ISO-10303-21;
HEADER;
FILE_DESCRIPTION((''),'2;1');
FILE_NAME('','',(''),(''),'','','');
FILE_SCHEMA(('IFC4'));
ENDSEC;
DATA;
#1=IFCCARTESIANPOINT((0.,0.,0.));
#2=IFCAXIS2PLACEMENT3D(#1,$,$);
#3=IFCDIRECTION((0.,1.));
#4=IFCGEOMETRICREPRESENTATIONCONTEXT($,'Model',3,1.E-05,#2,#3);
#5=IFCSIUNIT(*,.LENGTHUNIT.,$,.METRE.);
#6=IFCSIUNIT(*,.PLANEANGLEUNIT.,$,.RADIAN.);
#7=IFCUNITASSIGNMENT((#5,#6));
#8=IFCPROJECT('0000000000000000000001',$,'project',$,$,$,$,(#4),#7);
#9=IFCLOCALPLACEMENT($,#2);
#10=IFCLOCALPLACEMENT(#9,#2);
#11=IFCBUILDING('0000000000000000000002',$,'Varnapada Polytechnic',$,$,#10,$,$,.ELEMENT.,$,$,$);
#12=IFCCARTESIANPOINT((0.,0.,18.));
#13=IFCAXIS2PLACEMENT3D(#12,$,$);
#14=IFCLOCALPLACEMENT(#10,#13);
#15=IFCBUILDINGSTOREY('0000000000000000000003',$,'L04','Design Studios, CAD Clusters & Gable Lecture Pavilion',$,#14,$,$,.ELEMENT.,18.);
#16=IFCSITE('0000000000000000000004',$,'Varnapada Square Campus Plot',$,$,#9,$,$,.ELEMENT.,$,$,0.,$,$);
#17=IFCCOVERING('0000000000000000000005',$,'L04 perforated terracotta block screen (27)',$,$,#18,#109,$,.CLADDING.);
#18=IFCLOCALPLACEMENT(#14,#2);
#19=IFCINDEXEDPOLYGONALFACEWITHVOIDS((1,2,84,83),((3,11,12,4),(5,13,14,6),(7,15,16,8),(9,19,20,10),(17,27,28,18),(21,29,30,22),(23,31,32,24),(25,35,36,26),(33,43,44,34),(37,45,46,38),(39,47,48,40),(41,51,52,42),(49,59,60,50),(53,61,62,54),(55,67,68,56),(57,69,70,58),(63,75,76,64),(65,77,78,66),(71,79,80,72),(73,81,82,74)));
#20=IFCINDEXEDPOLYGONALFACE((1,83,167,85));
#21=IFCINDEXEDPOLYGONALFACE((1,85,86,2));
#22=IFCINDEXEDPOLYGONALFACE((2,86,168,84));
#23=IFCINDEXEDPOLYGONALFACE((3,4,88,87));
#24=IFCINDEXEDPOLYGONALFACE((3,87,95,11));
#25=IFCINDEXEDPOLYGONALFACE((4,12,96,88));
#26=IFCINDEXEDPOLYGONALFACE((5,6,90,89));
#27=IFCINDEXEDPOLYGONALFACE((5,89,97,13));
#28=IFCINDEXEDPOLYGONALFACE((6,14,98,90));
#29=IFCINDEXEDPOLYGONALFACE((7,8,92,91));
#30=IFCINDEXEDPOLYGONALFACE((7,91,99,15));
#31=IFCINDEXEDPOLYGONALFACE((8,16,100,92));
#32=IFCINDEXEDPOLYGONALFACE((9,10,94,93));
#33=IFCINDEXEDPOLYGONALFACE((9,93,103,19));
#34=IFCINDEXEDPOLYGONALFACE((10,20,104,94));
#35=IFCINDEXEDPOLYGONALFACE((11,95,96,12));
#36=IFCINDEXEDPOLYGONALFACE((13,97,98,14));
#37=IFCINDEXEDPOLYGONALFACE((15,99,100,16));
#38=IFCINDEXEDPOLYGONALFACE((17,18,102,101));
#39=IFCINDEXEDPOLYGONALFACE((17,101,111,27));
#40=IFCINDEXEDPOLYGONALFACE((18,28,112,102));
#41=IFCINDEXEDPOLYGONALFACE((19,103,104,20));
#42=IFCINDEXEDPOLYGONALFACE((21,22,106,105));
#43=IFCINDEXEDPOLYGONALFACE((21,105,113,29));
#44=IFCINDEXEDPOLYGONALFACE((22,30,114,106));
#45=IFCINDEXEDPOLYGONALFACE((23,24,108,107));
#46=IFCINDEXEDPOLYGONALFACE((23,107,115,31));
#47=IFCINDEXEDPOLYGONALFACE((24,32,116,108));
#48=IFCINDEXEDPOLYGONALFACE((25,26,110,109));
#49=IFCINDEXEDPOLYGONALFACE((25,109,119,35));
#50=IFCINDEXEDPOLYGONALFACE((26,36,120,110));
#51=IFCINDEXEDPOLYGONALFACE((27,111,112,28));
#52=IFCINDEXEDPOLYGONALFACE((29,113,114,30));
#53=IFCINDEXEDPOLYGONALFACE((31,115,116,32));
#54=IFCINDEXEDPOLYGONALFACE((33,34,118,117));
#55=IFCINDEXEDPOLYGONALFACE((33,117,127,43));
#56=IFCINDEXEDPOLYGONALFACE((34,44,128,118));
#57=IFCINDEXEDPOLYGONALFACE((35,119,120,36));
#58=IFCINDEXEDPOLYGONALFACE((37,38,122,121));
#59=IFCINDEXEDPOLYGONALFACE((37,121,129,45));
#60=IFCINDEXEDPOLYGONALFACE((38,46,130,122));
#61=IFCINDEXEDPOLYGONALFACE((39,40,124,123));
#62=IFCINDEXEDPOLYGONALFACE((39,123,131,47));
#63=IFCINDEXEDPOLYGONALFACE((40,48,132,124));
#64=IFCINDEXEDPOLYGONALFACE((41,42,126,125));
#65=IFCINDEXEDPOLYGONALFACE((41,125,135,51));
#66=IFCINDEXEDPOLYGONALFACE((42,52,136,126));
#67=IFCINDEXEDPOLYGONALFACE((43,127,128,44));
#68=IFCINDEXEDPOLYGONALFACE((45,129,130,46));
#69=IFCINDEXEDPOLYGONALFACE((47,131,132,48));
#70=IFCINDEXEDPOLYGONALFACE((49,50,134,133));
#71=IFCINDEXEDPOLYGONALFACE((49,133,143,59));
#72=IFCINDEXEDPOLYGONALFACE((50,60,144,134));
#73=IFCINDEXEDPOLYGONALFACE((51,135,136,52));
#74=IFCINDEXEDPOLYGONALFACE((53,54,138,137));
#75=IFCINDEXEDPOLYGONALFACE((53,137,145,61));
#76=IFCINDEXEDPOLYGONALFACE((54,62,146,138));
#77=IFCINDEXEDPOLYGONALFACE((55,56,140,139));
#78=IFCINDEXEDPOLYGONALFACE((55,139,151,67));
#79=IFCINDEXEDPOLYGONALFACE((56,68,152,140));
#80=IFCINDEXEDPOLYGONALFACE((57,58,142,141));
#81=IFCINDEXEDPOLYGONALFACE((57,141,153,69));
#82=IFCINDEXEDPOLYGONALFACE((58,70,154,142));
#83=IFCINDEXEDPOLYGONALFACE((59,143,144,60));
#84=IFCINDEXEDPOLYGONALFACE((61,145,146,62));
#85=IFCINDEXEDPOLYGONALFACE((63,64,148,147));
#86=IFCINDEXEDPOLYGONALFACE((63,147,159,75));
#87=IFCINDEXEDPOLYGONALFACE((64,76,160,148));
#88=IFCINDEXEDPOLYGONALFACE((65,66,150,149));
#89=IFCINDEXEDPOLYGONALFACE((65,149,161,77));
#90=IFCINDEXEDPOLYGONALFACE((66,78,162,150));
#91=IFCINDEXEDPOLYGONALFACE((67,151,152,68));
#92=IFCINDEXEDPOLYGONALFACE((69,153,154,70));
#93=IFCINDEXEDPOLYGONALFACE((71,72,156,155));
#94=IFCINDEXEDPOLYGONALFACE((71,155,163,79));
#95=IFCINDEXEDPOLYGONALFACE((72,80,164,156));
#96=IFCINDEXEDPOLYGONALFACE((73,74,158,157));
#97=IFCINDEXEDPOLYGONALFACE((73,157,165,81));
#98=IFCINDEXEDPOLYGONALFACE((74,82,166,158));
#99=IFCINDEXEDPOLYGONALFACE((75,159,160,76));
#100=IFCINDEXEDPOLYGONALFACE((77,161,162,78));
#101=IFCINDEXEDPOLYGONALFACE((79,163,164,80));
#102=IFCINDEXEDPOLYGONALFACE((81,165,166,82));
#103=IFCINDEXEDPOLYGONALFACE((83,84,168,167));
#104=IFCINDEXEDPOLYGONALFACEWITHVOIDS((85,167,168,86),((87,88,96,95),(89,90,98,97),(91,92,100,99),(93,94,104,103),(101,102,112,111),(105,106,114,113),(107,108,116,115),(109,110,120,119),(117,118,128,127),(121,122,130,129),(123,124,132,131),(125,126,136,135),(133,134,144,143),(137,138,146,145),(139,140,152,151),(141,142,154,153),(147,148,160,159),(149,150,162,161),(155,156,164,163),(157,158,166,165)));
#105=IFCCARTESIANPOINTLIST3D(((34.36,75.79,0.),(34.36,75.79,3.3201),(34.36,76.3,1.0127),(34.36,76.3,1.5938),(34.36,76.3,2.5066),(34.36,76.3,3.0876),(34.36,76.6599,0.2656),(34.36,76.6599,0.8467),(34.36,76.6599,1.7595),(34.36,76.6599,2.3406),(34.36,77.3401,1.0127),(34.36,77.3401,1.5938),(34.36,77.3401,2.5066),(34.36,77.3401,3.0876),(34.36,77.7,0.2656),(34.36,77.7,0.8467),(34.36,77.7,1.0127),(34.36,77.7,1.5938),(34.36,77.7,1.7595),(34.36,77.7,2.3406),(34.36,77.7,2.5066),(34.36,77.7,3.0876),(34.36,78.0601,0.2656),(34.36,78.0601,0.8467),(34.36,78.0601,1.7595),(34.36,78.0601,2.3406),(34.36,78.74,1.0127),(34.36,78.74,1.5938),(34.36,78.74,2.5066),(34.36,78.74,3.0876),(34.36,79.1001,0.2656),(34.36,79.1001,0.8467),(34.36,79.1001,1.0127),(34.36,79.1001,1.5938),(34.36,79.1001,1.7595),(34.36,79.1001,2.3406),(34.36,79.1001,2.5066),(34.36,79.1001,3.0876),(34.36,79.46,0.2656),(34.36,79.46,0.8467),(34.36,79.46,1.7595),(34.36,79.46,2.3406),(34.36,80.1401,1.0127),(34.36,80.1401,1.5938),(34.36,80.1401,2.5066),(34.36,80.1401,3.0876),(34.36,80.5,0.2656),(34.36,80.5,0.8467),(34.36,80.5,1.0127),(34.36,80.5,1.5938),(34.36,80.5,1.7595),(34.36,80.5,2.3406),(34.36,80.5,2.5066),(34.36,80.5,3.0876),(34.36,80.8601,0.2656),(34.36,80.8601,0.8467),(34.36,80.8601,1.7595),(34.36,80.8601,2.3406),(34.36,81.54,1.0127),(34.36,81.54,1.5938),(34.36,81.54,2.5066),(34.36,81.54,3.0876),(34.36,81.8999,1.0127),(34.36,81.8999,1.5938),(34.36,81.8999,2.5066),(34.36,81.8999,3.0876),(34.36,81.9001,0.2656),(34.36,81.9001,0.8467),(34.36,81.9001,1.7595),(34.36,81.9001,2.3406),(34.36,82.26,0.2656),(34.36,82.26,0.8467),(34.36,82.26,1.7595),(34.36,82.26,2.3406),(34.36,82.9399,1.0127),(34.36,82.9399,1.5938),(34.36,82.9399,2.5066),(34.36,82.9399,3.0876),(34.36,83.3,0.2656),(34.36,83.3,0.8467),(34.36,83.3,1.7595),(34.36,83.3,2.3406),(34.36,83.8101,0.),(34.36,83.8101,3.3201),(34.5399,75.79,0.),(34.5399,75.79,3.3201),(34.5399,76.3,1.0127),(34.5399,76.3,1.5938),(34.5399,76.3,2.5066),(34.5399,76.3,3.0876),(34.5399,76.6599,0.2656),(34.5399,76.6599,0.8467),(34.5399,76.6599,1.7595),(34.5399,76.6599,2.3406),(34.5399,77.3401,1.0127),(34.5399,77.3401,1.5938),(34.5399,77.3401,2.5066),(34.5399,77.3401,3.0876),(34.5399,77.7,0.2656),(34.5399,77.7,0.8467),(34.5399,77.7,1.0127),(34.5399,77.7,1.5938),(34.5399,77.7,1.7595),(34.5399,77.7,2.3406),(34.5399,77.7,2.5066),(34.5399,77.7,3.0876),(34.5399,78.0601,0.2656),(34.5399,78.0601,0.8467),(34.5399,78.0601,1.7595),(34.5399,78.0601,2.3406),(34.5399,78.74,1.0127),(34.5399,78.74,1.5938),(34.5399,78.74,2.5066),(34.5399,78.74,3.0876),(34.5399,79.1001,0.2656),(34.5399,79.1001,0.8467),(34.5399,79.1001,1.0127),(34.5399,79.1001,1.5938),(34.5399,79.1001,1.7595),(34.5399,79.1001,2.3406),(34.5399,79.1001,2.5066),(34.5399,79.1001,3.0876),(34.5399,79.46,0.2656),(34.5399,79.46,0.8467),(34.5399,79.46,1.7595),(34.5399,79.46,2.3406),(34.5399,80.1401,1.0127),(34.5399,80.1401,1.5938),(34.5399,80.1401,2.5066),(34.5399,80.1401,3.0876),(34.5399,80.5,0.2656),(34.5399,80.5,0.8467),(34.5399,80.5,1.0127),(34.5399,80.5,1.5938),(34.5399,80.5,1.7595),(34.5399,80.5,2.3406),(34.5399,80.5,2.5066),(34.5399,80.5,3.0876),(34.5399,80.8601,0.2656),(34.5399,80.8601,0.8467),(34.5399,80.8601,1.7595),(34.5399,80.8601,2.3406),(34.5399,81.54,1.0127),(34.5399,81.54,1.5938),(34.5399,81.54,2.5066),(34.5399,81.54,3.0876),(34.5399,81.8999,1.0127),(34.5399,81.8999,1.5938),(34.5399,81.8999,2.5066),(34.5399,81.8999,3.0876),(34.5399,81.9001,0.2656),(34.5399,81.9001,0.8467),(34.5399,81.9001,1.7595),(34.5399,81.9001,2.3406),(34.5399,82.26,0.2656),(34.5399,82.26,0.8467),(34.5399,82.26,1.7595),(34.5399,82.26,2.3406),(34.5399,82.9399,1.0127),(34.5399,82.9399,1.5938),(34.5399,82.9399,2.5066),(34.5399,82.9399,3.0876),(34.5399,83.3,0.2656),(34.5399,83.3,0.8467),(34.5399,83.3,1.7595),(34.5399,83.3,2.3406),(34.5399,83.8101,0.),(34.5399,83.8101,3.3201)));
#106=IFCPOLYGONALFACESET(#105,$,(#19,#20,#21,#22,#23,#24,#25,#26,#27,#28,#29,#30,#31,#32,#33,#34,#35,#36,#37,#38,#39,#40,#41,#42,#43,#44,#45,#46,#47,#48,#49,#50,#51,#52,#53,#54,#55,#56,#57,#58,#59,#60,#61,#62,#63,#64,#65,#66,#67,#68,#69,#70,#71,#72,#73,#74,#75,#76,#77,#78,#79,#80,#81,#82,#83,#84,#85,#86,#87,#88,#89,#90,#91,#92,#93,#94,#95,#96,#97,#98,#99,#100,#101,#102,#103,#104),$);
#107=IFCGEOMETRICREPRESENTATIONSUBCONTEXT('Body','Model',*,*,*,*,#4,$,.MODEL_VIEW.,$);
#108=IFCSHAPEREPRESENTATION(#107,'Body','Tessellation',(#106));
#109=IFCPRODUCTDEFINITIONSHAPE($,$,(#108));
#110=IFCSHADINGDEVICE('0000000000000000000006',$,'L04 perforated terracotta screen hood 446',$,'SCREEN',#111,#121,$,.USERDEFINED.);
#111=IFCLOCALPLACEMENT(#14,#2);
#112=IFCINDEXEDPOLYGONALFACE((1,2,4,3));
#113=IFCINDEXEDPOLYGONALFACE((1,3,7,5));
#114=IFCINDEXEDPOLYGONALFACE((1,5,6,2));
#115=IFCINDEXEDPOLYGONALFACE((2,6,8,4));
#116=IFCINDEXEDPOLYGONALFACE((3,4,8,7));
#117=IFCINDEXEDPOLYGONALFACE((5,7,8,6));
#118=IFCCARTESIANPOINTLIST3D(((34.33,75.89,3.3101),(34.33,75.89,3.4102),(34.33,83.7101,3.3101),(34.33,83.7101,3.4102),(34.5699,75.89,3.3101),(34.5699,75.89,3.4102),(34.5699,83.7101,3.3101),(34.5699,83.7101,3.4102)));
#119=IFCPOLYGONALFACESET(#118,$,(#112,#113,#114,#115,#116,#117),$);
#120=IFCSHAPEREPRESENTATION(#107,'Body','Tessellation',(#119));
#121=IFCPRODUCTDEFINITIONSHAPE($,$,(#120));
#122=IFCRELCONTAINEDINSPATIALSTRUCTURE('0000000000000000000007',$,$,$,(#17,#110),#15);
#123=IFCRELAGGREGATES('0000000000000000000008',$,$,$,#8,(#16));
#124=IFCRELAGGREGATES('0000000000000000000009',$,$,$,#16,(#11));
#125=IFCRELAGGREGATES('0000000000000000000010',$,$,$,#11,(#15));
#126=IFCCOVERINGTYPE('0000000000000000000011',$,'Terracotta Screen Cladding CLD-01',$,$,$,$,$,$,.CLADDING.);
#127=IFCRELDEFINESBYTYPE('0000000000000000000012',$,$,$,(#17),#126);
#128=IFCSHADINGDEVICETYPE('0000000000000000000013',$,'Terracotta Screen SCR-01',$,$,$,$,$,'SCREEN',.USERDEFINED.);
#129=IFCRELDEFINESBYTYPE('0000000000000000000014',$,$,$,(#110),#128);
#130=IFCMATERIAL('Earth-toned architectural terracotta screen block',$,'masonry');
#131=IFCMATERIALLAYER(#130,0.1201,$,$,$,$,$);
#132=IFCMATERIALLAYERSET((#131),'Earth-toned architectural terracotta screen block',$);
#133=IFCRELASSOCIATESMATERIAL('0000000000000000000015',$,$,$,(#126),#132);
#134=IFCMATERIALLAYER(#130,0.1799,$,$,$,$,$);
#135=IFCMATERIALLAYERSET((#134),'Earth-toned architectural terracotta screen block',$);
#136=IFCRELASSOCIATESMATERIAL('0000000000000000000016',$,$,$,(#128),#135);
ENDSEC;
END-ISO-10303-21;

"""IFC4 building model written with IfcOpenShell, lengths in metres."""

from ifc_helpers import new_model, si_unit, direction, frame, frame_2d, origin, origin_2d, place, context, subcontext, project, spatial, rectangle, extrude, material, layer, layer_set, type_object, element, save


model = new_model("IFC4")

# Units and contexts
model_context = context("Model", 3, precision=1e-05, world=origin(), true_north=direction((0.0, 1.0)))
body_context = subcontext(model_context, "Body", "Model", "MODEL_VIEW")
ifc_project = project(units=[si_unit("LENGTHUNIT", "METRE"), si_unit("PLANEANGLEUNIT", "RADIAN")], contexts=[model_context])

# Site, building, storey
site_placement = place(None, origin())
site = spatial("IfcSite", under=ifc_project, at=site_placement, Name="Varnapada Square Campus Plot", CompositionType="ELEMENT", RefElevation=0.0)
building_placement = place(site_placement, origin())
building = spatial("IfcBuilding", under=site, at=building_placement, Name="Varnapada Polytechnic", CompositionType="ELEMENT")
storey_placement = place(building_placement, frame((0.0, 0.0, 18.0)))
storey = spatial("IfcBuildingStorey", under=building, at=storey_placement, Name="L04", Description="Design Studios, CAD Clusters & Gable Lecture Pavilion", CompositionType="ELEMENT", Elevation=18.0)

# Covering, openings
ifc_material_1 = material(Name="Earth-toned architectural terracotta screen block", Category="masonry")
ifc_layer_1 = layer(ifc_material_1, 0.1201)
ifc_layer_set_1 = layer_set([ifc_layer_1], Name="Earth-toned architectural terracotta screen block")
covering_type = type_object("IfcCoveringType", Name="Terracotta Screen Cladding CLD-01", PredefinedType="CLADDING", material=ifc_layer_set_1)
covering_placement = place(storey_placement, frame((34.45, 83.8101, 0.0), z_axis=(0.0, 0.0, 1.0), x_axis=(0.0, -1.0, 0.0)))
covering = element("IfcCovering", 1, at=covering_placement, inside=storey, type_object=covering_type, Name="L04 perforated terracotta block screen (27)", PredefinedType="CLADDING", context=body_context, shape_type="SweptSolid", body=[
    extrude(rectangle(XDim=8.02, YDim=0.1799, at=frame_2d((4.01, 0.0))), origin(), (0.0, 0.0, 1.0), 3.3201),
])
opening_1_placement = place(covering_placement, frame((0.51, 0.0, 0.2656)))
element("IfcOpeningElement", 2, at=opening_1_placement, cuts=covering, PredefinedType="OPENING", context=body_context, shape_type="SweptSolid", body=[
    extrude(rectangle(XDim=1.04, YDim=0.5811, at=frame_2d((0.52, 0.2905))), frame((0.0, 0.0999, 0.0), z_axis=(0.0, -1.0, 0.0), x_axis=(1.0, 0.0, 0.0)), (0.0, 0.0, 1.0), 0.2),
])
opening_2_placement = place(covering_placement, frame((1.9099, 0.0, 0.2656)))
element("IfcOpeningElement", 3, at=opening_2_placement, cuts=covering, PredefinedType="OPENING", context=body_context, shape_type="SweptSolid", body=[
    extrude(rectangle(XDim=1.04, YDim=0.5811, at=frame_2d((0.52, 0.2905))), frame((0.0, 0.0999, 0.0), z_axis=(0.0, -1.0, 0.0), x_axis=(1.0, 0.0, 0.0)), (0.0, 0.0, 1.0), 0.2),
])
opening_3_placement = place(covering_placement, frame((3.3101, 0.0, 0.2656)))
element("IfcOpeningElement", 4, at=opening_3_placement, cuts=covering, PredefinedType="OPENING", context=body_context, shape_type="SweptSolid", body=[
    extrude(rectangle(XDim=1.04, YDim=0.5811, at=frame_2d((0.52, 0.2905))), frame((0.0, 0.0999, 0.0), z_axis=(0.0, -1.0, 0.0), x_axis=(1.0, 0.0, 0.0)), (0.0, 0.0, 1.0), 0.2),
])
opening_4_placement = place(covering_placement, frame((4.71, 0.0, 0.2656)))
element("IfcOpeningElement", 5, at=opening_4_placement, cuts=covering, PredefinedType="OPENING", context=body_context, shape_type="SweptSolid", body=[
    extrude(rectangle(XDim=1.04, YDim=0.5811, at=frame_2d((0.52, 0.2905))), frame((0.0, 0.0999, 0.0), z_axis=(0.0, -1.0, 0.0), x_axis=(1.0, 0.0, 0.0)), (0.0, 0.0, 1.0), 0.2),
])
opening_5_placement = place(covering_placement, frame((6.1101, 0.0, 0.2656)))
element("IfcOpeningElement", 6, at=opening_5_placement, cuts=covering, PredefinedType="OPENING", context=body_context, shape_type="SweptSolid", body=[
    extrude(rectangle(XDim=1.04, YDim=0.5811, at=frame_2d((0.52, 0.2905))), frame((0.0, 0.0999, 0.0), z_axis=(0.0, -1.0, 0.0), x_axis=(1.0, 0.0, 0.0)), (0.0, 0.0, 1.0), 0.2),
])
opening_6_placement = place(covering_placement, frame((0.8701, 0.0, 1.0127)))
element("IfcOpeningElement", 7, at=opening_6_placement, cuts=covering, PredefinedType="OPENING", context=body_context, shape_type="SweptSolid", body=[
    extrude(rectangle(XDim=1.04, YDim=0.5811, at=frame_2d((0.52, 0.2905))), frame((0.0, 0.0999, 0.0), z_axis=(0.0, -1.0, 0.0), x_axis=(1.0, 0.0, 0.0)), (0.0, 0.0, 1.0), 0.2),
])
opening_7_placement = place(covering_placement, frame((2.27, 0.0, 1.0127)))
element("IfcOpeningElement", 8, at=opening_7_placement, cuts=covering, PredefinedType="OPENING", context=body_context, shape_type="SweptSolid", body=[
    extrude(rectangle(XDim=1.04, YDim=0.5811, at=frame_2d((0.52, 0.2905))), frame((0.0, 0.0999, 0.0), z_axis=(0.0, -1.0, 0.0), x_axis=(1.0, 0.0, 0.0)), (0.0, 0.0, 1.0), 0.2),
])
opening_8_placement = place(covering_placement, frame((3.6699, 0.0, 1.0127)))
element("IfcOpeningElement", 9, at=opening_8_placement, cuts=covering, PredefinedType="OPENING", context=body_context, shape_type="SweptSolid", body=[
    extrude(rectangle(XDim=1.04, YDim=0.5811, at=frame_2d((0.52, 0.2905))), frame((0.0, 0.0999, 0.0), z_axis=(0.0, -1.0, 0.0), x_axis=(1.0, 0.0, 0.0)), (0.0, 0.0, 1.0), 0.2),
])
opening_9_placement = place(covering_placement, frame((5.0701, 0.0, 1.0127)))
element("IfcOpeningElement", 10, at=opening_9_placement, cuts=covering, PredefinedType="OPENING", context=body_context, shape_type="SweptSolid", body=[
    extrude(rectangle(XDim=1.04, YDim=0.5811, at=frame_2d((0.52, 0.2905))), frame((0.0, 0.0999, 0.0), z_axis=(0.0, -1.0, 0.0), x_axis=(1.0, 0.0, 0.0)), (0.0, 0.0, 1.0), 0.2),
])
opening_10_placement = place(covering_placement, frame((6.47, 0.0, 1.0127)))
element("IfcOpeningElement", 11, at=opening_10_placement, cuts=covering, PredefinedType="OPENING", context=body_context, shape_type="SweptSolid", body=[
    extrude(rectangle(XDim=1.04, YDim=0.5811, at=frame_2d((0.52, 0.2905))), frame((0.0, 0.0999, 0.0), z_axis=(0.0, -1.0, 0.0), x_axis=(1.0, 0.0, 0.0)), (0.0, 0.0, 1.0), 0.2),
])
opening_11_placement = place(covering_placement, frame((0.51, 0.0, 1.7595)))
element("IfcOpeningElement", 12, at=opening_11_placement, cuts=covering, PredefinedType="OPENING", context=body_context, shape_type="SweptSolid", body=[
    extrude(rectangle(XDim=1.04, YDim=0.5811, at=frame_2d((0.52, 0.2905))), frame((0.0, 0.0999, 0.0), z_axis=(0.0, -1.0, 0.0), x_axis=(1.0, 0.0, 0.0)), (0.0, 0.0, 1.0), 0.2),
])
opening_12_placement = place(covering_placement, frame((1.9099, 0.0, 1.7595)))
element("IfcOpeningElement", 13, at=opening_12_placement, cuts=covering, PredefinedType="OPENING", context=body_context, shape_type="SweptSolid", body=[
    extrude(rectangle(XDim=1.04, YDim=0.5811, at=frame_2d((0.52, 0.2905))), frame((0.0, 0.0999, 0.0), z_axis=(0.0, -1.0, 0.0), x_axis=(1.0, 0.0, 0.0)), (0.0, 0.0, 1.0), 0.2),
])
opening_13_placement = place(covering_placement, frame((3.3101, 0.0, 1.7595)))
element("IfcOpeningElement", 14, at=opening_13_placement, cuts=covering, PredefinedType="OPENING", context=body_context, shape_type="SweptSolid", body=[
    extrude(rectangle(XDim=1.04, YDim=0.5811, at=frame_2d((0.52, 0.2905))), frame((0.0, 0.0999, 0.0), z_axis=(0.0, -1.0, 0.0), x_axis=(1.0, 0.0, 0.0)), (0.0, 0.0, 1.0), 0.2),
])
opening_14_placement = place(covering_placement, frame((4.71, 0.0, 1.7595)))
element("IfcOpeningElement", 15, at=opening_14_placement, cuts=covering, PredefinedType="OPENING", context=body_context, shape_type="SweptSolid", body=[
    extrude(rectangle(XDim=1.04, YDim=0.5811, at=frame_2d((0.52, 0.2905))), frame((0.0, 0.0999, 0.0), z_axis=(0.0, -1.0, 0.0), x_axis=(1.0, 0.0, 0.0)), (0.0, 0.0, 1.0), 0.2),
])
opening_15_placement = place(covering_placement, frame((6.1101, 0.0, 1.7595)))
element("IfcOpeningElement", 16, at=opening_15_placement, cuts=covering, PredefinedType="OPENING", context=body_context, shape_type="SweptSolid", body=[
    extrude(rectangle(XDim=1.04, YDim=0.5811, at=frame_2d((0.52, 0.2905))), frame((0.0, 0.0999, 0.0), z_axis=(0.0, -1.0, 0.0), x_axis=(1.0, 0.0, 0.0)), (0.0, 0.0, 1.0), 0.2),
])
opening_16_placement = place(covering_placement, frame((0.8701, 0.0, 2.5066)))
element("IfcOpeningElement", 17, at=opening_16_placement, cuts=covering, PredefinedType="OPENING", context=body_context, shape_type="SweptSolid", body=[
    extrude(rectangle(XDim=1.04, YDim=0.5811, at=frame_2d((0.52, 0.2905))), frame((0.0, 0.0999, 0.0), z_axis=(0.0, -1.0, 0.0), x_axis=(1.0, 0.0, 0.0)), (0.0, 0.0, 1.0), 0.2),
])
opening_17_placement = place(covering_placement, frame((2.27, 0.0, 2.5066)))
element("IfcOpeningElement", 18, at=opening_17_placement, cuts=covering, PredefinedType="OPENING", context=body_context, shape_type="SweptSolid", body=[
    extrude(rectangle(XDim=1.04, YDim=0.5811, at=frame_2d((0.52, 0.2905))), frame((0.0, 0.0999, 0.0), z_axis=(0.0, -1.0, 0.0), x_axis=(1.0, 0.0, 0.0)), (0.0, 0.0, 1.0), 0.2),
])
opening_18_placement = place(covering_placement, frame((3.6699, 0.0, 2.5066)))
element("IfcOpeningElement", 19, at=opening_18_placement, cuts=covering, PredefinedType="OPENING", context=body_context, shape_type="SweptSolid", body=[
    extrude(rectangle(XDim=1.04, YDim=0.5811, at=frame_2d((0.52, 0.2905))), frame((0.0, 0.0999, 0.0), z_axis=(0.0, -1.0, 0.0), x_axis=(1.0, 0.0, 0.0)), (0.0, 0.0, 1.0), 0.2),
])
opening_19_placement = place(covering_placement, frame((5.0701, 0.0, 2.5066)))
element("IfcOpeningElement", 20, at=opening_19_placement, cuts=covering, PredefinedType="OPENING", context=body_context, shape_type="SweptSolid", body=[
    extrude(rectangle(XDim=1.04, YDim=0.5811, at=frame_2d((0.52, 0.2905))), frame((0.0, 0.0999, 0.0), z_axis=(0.0, -1.0, 0.0), x_axis=(1.0, 0.0, 0.0)), (0.0, 0.0, 1.0), 0.2),
])
opening_20_placement = place(covering_placement, frame((6.47, 0.0, 2.5066)))
element("IfcOpeningElement", 21, at=opening_20_placement, cuts=covering, PredefinedType="OPENING", context=body_context, shape_type="SweptSolid", body=[
    extrude(rectangle(XDim=1.04, YDim=0.5811, at=frame_2d((0.52, 0.2905))), frame((0.0, 0.0999, 0.0), z_axis=(0.0, -1.0, 0.0), x_axis=(1.0, 0.0, 0.0)), (0.0, 0.0, 1.0), 0.2),
])

# Shading device
ifc_layer_2 = layer(ifc_material_1, 0.1799)
ifc_layer_set_2 = layer_set([ifc_layer_2], Name="Earth-toned architectural terracotta screen block")
shading_device_type = type_object("IfcShadingDeviceType", Name="Terracotta Screen SCR-01", ElementType="SCREEN", PredefinedType="USERDEFINED", material=ifc_layer_set_2)
for number, where, z_axis, x_axis, name in (
    (22, (34.45, 79.8, 3.3101), (0.0, 0.0, 1.0), (0.0, -1.0, 0.0), "L04 perforated terracotta screen hood 446"),
):
    element("IfcShadingDevice", number, at=place(storey_placement, frame(where, z_axis=z_axis, x_axis=x_axis)), inside=storey, type_object=shading_device_type, Name=name, ObjectType="SCREEN", PredefinedType="USERDEFINED", context=body_context, shape_type="SweptSolid", body=[
        extrude(rectangle(XDim=7.8201, YDim=0.24, at=origin_2d()), origin(), (0.0, 0.0, 1.0), 0.1001),
    ])

save(model, "model.ifc")
